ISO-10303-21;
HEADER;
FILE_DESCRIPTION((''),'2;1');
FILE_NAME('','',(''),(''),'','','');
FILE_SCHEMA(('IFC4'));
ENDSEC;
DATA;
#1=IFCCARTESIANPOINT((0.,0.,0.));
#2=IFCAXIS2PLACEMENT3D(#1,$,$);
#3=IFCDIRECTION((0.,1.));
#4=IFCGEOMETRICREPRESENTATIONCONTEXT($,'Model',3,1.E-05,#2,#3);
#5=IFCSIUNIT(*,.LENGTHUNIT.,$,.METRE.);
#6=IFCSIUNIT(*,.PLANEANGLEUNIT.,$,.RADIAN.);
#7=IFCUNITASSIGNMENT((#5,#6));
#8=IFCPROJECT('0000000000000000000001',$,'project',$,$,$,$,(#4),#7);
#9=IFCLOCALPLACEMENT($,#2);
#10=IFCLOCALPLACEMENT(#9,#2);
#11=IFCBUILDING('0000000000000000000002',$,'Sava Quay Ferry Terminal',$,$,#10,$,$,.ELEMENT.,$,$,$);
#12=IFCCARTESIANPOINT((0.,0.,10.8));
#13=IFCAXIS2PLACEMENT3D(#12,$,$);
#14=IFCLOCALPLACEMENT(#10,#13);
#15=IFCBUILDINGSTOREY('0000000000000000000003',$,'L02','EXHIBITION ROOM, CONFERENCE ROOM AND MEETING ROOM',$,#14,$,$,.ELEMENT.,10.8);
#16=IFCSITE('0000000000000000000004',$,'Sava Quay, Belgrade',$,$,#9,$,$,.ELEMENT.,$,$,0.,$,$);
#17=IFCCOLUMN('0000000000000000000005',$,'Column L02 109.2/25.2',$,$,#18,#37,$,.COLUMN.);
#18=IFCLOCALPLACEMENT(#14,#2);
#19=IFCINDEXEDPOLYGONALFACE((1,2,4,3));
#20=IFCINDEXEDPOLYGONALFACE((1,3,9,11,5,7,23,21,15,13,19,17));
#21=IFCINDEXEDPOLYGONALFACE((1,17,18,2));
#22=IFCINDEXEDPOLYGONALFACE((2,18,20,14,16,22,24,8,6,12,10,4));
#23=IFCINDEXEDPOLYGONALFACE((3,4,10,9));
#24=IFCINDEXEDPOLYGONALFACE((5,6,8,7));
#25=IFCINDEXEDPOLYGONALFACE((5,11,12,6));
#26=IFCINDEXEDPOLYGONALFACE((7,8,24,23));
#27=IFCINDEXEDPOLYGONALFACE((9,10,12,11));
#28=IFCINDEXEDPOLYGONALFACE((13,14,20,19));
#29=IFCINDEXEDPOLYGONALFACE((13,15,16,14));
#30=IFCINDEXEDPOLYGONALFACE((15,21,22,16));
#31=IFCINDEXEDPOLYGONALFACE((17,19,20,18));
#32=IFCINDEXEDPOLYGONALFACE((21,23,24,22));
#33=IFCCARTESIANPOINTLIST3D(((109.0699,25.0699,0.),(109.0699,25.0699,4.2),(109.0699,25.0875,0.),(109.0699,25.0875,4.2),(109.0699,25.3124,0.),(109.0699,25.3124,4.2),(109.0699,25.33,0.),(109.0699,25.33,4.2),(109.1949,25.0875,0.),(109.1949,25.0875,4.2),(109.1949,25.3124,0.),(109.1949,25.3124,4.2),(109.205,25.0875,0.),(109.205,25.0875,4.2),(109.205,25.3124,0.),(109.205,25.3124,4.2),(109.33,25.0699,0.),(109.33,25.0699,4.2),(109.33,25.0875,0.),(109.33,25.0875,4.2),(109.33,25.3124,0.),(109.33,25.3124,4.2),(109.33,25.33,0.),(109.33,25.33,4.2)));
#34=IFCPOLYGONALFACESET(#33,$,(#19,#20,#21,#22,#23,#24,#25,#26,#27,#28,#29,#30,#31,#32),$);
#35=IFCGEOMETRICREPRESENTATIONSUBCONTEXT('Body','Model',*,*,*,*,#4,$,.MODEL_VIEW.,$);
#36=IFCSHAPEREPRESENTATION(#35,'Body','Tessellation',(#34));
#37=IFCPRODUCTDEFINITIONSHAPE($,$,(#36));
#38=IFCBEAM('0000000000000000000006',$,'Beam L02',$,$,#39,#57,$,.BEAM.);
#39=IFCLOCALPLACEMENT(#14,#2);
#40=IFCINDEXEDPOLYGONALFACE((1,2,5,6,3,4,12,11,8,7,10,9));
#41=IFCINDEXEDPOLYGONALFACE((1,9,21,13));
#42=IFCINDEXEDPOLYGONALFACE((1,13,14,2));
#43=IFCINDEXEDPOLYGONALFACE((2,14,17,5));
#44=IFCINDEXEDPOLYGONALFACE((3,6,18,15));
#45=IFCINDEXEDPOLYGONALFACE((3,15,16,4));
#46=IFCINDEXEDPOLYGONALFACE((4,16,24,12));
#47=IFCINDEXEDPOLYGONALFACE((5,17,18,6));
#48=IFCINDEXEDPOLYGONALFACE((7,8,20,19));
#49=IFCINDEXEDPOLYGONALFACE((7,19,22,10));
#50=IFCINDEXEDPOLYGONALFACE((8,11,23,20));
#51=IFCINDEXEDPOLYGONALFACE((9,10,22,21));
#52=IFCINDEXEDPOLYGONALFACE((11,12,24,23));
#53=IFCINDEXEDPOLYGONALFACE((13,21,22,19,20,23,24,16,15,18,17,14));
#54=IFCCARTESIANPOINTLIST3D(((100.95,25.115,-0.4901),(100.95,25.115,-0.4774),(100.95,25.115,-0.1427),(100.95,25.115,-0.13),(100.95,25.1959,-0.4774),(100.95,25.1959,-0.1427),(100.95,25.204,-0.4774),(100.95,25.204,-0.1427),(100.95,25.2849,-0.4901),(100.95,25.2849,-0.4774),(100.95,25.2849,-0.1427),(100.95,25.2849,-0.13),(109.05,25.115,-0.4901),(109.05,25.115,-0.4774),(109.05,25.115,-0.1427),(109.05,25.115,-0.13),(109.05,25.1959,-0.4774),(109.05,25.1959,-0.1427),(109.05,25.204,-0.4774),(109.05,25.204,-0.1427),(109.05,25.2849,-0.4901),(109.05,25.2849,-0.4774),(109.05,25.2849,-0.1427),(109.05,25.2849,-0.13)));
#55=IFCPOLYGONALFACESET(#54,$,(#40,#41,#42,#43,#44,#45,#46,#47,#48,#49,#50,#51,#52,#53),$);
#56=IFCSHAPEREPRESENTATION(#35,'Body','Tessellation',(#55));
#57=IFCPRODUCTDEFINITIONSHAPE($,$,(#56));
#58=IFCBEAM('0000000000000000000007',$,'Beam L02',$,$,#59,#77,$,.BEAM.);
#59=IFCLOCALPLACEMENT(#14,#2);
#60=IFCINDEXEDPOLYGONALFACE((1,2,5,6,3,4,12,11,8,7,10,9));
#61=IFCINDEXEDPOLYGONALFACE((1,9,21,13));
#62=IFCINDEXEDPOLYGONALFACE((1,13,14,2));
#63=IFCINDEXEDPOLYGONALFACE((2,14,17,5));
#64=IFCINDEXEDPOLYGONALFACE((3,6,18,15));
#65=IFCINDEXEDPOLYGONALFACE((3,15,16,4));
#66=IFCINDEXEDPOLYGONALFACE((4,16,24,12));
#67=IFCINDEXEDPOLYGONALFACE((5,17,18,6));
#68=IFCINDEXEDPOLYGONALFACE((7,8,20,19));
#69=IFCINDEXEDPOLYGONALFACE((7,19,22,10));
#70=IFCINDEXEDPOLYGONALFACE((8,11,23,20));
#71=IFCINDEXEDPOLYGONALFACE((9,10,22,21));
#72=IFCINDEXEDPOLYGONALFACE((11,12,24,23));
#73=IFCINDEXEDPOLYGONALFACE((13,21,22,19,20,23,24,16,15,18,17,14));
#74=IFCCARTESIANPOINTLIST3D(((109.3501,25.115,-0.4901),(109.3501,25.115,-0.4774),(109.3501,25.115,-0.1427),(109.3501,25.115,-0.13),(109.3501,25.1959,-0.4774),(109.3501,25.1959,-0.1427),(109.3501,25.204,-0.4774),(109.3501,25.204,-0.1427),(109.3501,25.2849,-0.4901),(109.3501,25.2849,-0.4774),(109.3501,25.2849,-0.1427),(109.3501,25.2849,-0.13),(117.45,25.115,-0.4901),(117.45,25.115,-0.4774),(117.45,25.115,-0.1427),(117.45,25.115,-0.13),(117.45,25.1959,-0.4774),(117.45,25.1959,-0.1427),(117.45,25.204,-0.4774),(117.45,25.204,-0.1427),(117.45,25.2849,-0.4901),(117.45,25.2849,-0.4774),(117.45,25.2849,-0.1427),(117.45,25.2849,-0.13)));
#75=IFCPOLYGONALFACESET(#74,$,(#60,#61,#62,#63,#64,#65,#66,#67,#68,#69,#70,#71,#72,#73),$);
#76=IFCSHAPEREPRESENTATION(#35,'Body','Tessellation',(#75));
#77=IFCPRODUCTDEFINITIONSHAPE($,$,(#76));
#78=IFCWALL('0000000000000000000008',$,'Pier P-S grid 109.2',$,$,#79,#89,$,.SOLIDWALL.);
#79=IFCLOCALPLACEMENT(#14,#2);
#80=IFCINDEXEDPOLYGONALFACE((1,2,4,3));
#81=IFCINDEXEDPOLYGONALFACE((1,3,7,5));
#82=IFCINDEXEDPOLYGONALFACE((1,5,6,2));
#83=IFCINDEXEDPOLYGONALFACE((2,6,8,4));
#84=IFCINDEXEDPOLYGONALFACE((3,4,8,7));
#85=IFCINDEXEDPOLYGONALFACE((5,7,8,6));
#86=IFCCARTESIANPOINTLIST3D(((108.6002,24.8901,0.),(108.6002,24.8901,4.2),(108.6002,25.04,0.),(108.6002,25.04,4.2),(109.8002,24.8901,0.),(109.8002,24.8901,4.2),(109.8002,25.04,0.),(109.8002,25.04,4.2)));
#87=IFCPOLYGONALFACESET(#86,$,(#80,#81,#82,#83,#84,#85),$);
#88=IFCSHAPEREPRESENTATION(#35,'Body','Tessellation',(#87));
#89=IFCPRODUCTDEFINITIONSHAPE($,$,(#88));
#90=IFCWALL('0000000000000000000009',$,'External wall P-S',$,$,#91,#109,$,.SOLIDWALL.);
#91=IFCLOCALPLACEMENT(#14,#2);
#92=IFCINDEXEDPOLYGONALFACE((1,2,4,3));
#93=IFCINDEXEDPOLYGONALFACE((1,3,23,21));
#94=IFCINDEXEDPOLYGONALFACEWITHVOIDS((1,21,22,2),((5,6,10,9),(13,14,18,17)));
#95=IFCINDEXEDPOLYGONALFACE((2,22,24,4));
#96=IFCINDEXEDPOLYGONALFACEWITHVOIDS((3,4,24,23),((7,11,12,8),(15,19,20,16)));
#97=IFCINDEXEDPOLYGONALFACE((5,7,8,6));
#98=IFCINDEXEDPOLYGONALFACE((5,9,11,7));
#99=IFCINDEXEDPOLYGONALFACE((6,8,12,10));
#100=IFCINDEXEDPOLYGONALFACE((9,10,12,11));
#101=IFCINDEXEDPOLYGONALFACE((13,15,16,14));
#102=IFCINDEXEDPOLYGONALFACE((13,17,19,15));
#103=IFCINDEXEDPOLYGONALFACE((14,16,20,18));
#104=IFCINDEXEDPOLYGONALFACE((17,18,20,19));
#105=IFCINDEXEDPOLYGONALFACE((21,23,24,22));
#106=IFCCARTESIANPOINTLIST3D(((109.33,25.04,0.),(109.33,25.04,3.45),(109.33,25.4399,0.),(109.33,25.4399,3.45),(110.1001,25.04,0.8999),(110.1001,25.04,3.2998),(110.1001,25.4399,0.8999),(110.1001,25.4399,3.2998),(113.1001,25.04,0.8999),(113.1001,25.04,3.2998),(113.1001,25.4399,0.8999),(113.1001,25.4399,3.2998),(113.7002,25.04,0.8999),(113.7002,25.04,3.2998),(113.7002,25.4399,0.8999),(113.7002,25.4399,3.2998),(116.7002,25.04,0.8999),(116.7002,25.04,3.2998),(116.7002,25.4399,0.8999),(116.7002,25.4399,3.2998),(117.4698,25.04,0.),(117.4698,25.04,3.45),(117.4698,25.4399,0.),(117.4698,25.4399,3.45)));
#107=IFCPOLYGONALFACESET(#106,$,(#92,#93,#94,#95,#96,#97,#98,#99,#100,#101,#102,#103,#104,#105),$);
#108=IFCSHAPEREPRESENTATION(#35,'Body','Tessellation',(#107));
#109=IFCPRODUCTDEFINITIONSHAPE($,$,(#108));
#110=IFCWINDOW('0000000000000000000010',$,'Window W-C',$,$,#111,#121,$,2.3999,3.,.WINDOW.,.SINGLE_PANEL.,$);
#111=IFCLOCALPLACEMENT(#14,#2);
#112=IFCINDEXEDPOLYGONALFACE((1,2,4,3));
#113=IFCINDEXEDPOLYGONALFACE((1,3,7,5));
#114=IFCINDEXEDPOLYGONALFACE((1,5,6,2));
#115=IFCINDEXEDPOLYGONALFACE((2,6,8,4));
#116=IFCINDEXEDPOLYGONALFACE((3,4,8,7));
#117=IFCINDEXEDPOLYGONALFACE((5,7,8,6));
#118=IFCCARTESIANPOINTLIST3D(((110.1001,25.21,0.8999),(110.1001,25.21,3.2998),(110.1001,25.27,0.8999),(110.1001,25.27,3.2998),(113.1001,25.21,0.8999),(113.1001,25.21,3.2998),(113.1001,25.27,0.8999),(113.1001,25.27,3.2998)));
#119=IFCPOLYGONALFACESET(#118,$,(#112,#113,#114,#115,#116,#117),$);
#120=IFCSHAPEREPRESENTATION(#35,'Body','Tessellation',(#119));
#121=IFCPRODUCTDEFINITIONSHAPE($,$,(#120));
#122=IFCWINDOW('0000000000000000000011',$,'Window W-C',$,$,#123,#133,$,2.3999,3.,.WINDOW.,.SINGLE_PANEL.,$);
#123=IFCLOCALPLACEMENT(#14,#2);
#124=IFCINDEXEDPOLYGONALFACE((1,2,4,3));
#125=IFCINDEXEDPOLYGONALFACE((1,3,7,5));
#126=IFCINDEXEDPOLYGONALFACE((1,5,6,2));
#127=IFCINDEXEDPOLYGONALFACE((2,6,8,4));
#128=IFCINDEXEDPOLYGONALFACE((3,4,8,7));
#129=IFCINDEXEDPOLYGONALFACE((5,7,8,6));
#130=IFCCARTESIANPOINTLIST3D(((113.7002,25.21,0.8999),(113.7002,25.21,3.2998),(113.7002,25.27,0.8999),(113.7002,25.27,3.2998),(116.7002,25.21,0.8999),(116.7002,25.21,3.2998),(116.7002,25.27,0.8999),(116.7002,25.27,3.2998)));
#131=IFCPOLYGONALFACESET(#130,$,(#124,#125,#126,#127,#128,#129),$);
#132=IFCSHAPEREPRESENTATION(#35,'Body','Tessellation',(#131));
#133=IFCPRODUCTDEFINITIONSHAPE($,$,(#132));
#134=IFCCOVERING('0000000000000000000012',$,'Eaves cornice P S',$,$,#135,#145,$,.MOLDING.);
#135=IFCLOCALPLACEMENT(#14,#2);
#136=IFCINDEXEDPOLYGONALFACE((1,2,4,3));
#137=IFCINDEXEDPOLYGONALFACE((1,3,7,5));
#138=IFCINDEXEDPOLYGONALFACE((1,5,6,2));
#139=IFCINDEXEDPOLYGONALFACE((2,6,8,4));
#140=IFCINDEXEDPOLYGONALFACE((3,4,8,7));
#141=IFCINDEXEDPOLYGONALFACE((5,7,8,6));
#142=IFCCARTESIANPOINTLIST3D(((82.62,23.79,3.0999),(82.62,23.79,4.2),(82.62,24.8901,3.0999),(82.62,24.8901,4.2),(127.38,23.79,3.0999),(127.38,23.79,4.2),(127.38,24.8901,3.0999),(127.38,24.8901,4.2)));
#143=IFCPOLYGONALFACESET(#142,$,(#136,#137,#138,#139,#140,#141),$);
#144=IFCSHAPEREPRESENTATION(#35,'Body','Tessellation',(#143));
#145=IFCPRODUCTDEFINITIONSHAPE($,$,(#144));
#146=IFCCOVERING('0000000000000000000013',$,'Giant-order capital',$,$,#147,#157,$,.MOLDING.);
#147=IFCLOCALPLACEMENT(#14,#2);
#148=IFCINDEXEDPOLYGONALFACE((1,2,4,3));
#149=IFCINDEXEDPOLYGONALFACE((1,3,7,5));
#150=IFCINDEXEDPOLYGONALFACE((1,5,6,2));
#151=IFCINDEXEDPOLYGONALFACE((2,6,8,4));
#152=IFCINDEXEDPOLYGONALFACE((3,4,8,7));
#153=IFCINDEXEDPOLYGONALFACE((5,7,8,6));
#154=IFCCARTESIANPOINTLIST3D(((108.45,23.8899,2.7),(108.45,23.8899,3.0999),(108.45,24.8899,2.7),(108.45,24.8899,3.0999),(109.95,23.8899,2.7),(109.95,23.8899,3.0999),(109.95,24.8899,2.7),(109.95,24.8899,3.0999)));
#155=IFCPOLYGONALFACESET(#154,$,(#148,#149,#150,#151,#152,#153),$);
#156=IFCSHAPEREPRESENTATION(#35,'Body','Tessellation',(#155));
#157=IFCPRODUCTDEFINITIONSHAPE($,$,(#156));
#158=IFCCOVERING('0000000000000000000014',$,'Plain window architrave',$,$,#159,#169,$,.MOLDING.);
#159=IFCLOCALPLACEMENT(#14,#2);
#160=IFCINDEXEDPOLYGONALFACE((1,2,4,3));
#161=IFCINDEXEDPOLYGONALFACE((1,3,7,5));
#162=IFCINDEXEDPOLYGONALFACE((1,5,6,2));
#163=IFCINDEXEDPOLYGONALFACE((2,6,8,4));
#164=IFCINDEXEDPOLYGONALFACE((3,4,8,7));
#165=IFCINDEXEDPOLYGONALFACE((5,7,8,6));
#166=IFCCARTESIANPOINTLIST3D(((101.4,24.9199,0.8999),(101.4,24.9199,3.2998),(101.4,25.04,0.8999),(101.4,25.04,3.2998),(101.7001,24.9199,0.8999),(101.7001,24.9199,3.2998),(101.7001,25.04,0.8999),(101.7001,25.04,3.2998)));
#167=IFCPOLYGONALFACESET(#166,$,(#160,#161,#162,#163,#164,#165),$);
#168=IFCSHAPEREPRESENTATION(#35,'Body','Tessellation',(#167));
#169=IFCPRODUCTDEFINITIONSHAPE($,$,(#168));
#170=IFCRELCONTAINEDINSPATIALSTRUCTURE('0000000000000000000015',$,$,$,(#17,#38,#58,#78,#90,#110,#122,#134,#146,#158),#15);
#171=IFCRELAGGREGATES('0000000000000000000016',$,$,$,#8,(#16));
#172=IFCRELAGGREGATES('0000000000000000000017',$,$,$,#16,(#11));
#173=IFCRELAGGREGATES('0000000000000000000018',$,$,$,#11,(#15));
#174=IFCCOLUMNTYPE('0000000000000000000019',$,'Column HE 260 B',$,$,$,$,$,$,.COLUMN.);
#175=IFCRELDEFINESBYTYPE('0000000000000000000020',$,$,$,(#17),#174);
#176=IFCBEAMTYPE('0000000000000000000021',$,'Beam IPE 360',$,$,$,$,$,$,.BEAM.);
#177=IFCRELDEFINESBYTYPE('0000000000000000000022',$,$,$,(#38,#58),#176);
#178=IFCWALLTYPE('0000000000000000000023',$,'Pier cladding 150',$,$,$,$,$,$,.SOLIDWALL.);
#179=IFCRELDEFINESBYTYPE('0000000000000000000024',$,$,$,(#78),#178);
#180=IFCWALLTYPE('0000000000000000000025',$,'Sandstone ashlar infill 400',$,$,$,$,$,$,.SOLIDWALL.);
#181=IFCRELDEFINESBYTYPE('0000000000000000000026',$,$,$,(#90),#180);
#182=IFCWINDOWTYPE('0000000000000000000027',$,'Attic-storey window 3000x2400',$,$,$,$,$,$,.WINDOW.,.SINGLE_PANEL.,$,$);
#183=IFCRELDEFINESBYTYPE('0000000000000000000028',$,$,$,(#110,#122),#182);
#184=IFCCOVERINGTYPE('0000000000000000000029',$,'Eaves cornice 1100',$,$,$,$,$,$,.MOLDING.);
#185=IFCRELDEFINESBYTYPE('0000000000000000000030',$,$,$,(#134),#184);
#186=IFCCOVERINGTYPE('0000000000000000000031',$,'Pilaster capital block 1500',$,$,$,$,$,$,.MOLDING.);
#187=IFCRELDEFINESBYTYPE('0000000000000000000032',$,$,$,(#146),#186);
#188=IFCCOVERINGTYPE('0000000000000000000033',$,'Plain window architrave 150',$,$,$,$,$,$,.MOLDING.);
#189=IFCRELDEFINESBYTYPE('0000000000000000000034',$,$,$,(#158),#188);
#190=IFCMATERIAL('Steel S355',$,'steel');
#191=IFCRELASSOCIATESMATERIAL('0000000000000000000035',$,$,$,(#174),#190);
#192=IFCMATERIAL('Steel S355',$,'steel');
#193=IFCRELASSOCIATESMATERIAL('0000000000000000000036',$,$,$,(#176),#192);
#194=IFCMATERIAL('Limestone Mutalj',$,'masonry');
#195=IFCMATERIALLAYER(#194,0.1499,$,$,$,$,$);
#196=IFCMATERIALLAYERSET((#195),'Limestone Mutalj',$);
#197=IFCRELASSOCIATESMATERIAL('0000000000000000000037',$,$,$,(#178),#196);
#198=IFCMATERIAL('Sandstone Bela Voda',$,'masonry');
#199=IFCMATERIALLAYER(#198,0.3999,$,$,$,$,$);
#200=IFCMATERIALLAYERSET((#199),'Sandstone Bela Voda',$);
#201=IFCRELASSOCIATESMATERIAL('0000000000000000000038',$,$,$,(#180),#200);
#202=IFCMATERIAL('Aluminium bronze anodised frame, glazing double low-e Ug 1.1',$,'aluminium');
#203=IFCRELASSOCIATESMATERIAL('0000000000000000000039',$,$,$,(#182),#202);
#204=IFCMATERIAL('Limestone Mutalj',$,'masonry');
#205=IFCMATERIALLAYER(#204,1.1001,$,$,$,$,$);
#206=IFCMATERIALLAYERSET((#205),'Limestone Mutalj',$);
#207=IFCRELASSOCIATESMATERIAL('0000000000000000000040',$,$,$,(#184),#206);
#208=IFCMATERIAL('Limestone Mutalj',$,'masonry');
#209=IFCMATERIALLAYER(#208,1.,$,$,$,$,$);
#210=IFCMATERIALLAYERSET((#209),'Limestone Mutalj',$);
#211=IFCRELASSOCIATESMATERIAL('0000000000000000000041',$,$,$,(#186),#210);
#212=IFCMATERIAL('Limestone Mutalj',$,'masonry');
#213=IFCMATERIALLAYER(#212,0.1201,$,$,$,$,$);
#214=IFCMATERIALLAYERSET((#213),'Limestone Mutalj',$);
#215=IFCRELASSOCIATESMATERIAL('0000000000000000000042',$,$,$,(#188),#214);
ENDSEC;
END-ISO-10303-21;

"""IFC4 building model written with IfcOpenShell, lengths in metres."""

from ifc_helpers import new_model, si_unit, direction, frame, frame_2d, origin, origin_2d, place, context, subcontext, project, spatial, rectangle, i_section, extrude, material, layer, layer_set, material_profile, profile_set, type_object, element, fill, save


model = new_model("IFC4")

# Units and contexts
model_context = context("Model", 3, precision=1e-05, world=origin(), true_north=direction((0.0, 1.0)))
body_context = subcontext(model_context, "Body", "Model", "MODEL_VIEW")
ifc_project = project(units=[si_unit("LENGTHUNIT", "METRE"), si_unit("PLANEANGLEUNIT", "RADIAN")], contexts=[model_context])

# Site, building, storey
site_placement = place(None, origin())
site = spatial("IfcSite", under=ifc_project, at=site_placement, Name="Sava Quay, Belgrade", CompositionType="ELEMENT", RefElevation=0.0)
building_placement = place(site_placement, origin())
building = spatial("IfcBuilding", under=site, at=building_placement, Name="Sava Quay Ferry Terminal", CompositionType="ELEMENT")
storey_placement = place(building_placement, frame((0.0, 0.0, 10.8)))
storey = spatial("IfcBuildingStorey", under=building, at=storey_placement, Name="L02", Description="EXHIBITION ROOM, CONFERENCE ROOM AND MEETING ROOM", CompositionType="ELEMENT", Elevation=10.8)

# Column
ifc_material_1 = material(Name="Steel S355", Category="steel")
ifc_material_profile_1 = material_profile(ifc_material_1, i_section(OverallWidth=0.26, OverallDepth=0.26, WebThickness=0.01, FlangeThickness=0.0176, at=origin_2d()), Name="HE 260 B")
ifc_profile_set_1 = profile_set([ifc_material_profile_1], Name="Steel S355")
column_type = type_object("IfcColumnType", Name="Column HE 260 B", PredefinedType="COLUMN", material=ifc_profile_set_1)
column_placement = place(storey_placement, frame((109.2, 25.2, 0.0), z_axis=(0.0, 0.0, 1.0), x_axis=(1.0, 0.0, 0.0)))
element("IfcColumn", 1, at=column_placement, inside=storey, type_object=column_type, Name="Column L02 109.2/25.2", PredefinedType="COLUMN", context=body_context, shape_type="SweptSolid", body=[
    extrude(i_section(OverallWidth=0.26, OverallDepth=0.26, WebThickness=0.01, FlangeThickness=0.0176, at=origin_2d()), origin(), (0.0, 0.0, 1.0), 4.2),
])

# Beams
ifc_material_2 = material(Name="Steel S355", Category="steel")
ifc_material_profile_2 = material_profile(ifc_material_2, i_section(OverallWidth=0.1699, OverallDepth=0.3601, WebThickness=0.0081, FlangeThickness=0.0127, at=origin_2d()), Name="IPE 360")
ifc_profile_set_2 = profile_set([ifc_material_profile_2], Name="Steel S355")
beam_type = type_object("IfcBeamType", Name="Beam IPE 360", PredefinedType="BEAM", material=ifc_profile_set_2)
beam_1_placement = place(storey_placement, frame((100.95, 25.2, -0.3101), z_axis=(1.0, 0.0, 0.0), x_axis=(0.0, 1.0, 0.0)))
element("IfcBeam", 2, at=beam_1_placement, inside=storey, type_object=beam_type, Name="Beam L02", PredefinedType="BEAM", context=body_context, shape_type="SweptSolid", body=[
    extrude(i_section(OverallWidth=0.1699, OverallDepth=0.3601, WebThickness=0.0081, FlangeThickness=0.0127, at=origin_2d()), origin(), (0.0, 0.0, 1.0), 8.1001),
])
beam_2_placement = place(storey_placement, frame((109.3501, 25.2, -0.3101), z_axis=(1.0, 0.0, 0.0), x_axis=(0.0, 1.0, 0.0)))
element("IfcBeam", 3, at=beam_2_placement, inside=storey, type_object=beam_type, Name="Beam L02", PredefinedType="BEAM", context=body_context, shape_type="SweptSolid", body=[
    extrude(i_section(OverallWidth=0.1699, OverallDepth=0.3601, WebThickness=0.0081, FlangeThickness=0.0127, at=origin_2d()), origin(), (0.0, 0.0, 1.0), 8.0999),
])

# Wall
ifc_material_3 = material(Name="Limestone Mutalj", Category="masonry")
ifc_layer_1 = layer(ifc_material_3, 0.1499)
ifc_layer_set_1 = layer_set([ifc_layer_1], Name="Limestone Mutalj")
wall_type_1 = type_object("IfcWallType", Name="Pier cladding 150", PredefinedType="SOLIDWALL", material=ifc_layer_set_1)
wall_1_placement = place(storey_placement, frame((108.6001, 24.9651, 0.0), z_axis=(0.0, 0.0, 1.0), x_axis=(1.0, 0.0, 0.0)))
element("IfcWall", 4, at=wall_1_placement, inside=storey, type_object=wall_type_1, Name="Pier P-S grid 109.2", PredefinedType="SOLIDWALL", context=body_context, shape_type="SweptSolid", body=[
    extrude(rectangle(XDim=1.2, YDim=0.1499, at=frame_2d((0.6001, 0.0))), origin(), (0.0, 0.0, 1.0), 4.2),
])

# Wall, openings, windows
ifc_material_4 = material(Name="Sandstone Bela Voda", Category="masonry")
ifc_layer_2 = layer(ifc_material_4, 0.3999)
ifc_layer_set_2 = layer_set([ifc_layer_2], Name="Sandstone Bela Voda")
wall_type_2 = type_object("IfcWallType", Name="Sandstone ashlar infill 400", PredefinedType="SOLIDWALL", material=ifc_layer_set_2)
wall_2_placement = place(storey_placement, frame((109.3301, 25.24, 0.0), z_axis=(0.0, 0.0, 1.0), x_axis=(1.0, 0.0, 0.0)))
wall_2 = element("IfcWall", 5, at=wall_2_placement, inside=storey, type_object=wall_type_2, Name="External wall P-S", PredefinedType="SOLIDWALL", context=body_context, shape_type="SweptSolid", body=[
    extrude(rectangle(XDim=8.1399, YDim=0.3999, at=frame_2d((4.0698, 0.0))), origin(), (0.0, 0.0, 1.0), 3.45),
])
opening_1_placement = place(wall_2_placement, frame((0.77, 0.0, 0.8999)))
opening_1 = element("IfcOpeningElement", 6, at=opening_1_placement, cuts=wall_2, PredefinedType="OPENING", context=body_context, shape_type="SweptSolid", body=[
    extrude(rectangle(XDim=3.0, YDim=2.3999, at=frame_2d((1.5, 1.2))), frame((0.0, 0.2, 0.0), z_axis=(0.0, -1.0, 0.0), x_axis=(1.0, 0.0, 0.0)), (0.0, 0.0, 1.0), 0.3999),
])
opening_2_placement = place(wall_2_placement, frame((4.3701, 0.0, 0.8999)))
opening_2 = element("IfcOpeningElement", 7, at=opening_2_placement, cuts=wall_2, PredefinedType="OPENING", context=body_context, shape_type="SweptSolid", body=[
    extrude(rectangle(XDim=3.0, YDim=2.3999, at=frame_2d((1.5, 1.2))), frame((0.0, 0.2, 0.0), z_axis=(0.0, -1.0, 0.0), x_axis=(1.0, 0.0, 0.0)), (0.0, 0.0, 1.0), 0.3999),
])
ifc_material_5 = material(Name="Aluminium bronze anodised frame, glazing double low-e Ug 1.1", Category="aluminium")
window_type = type_object("IfcWindowType", Name="Attic-storey window 3000x2400", PartitioningType="SINGLE_PANEL", PredefinedType="WINDOW", material=ifc_material_5)
window_1_placement = place(opening_1_placement, origin())
window_1 = element("IfcWindow", 8, at=window_1_placement, inside=storey, type_object=window_type, Name="Window W-C", OverallHeight=2.3999, OverallWidth=3.0, PartitioningType="SINGLE_PANEL", PredefinedType="WINDOW", context=body_context, shape_type="SweptSolid", body=[
    extrude(rectangle(XDim=3.0, YDim=2.3999, at=frame_2d((1.5, 1.2))), frame((0.0, 0.03, 0.0), z_axis=(0.0, -1.0, 0.0), x_axis=(1.0, 0.0, 0.0)), (0.0, 0.0, 1.0), 0.0601),
])
fill(opening_1, window_1)
window_2_placement = place(opening_2_placement, origin())
window_2 = element("IfcWindow", 9, at=window_2_placement, inside=storey, type_object=window_type, Name="Window W-C", OverallHeight=2.3999, OverallWidth=3.0, PartitioningType="SINGLE_PANEL", PredefinedType="WINDOW", context=body_context, shape_type="SweptSolid", body=[
    extrude(rectangle(XDim=3.0, YDim=2.3999, at=frame_2d((1.5, 1.2))), frame((0.0, 0.03, 0.0), z_axis=(0.0, -1.0, 0.0), x_axis=(1.0, 0.0, 0.0)), (0.0, 0.0, 1.0), 0.0601),
])
fill(opening_2, window_2)

# Coverings
ifc_material_6 = material(Name="Limestone Mutalj", Category="masonry")
ifc_layer_3 = layer(ifc_material_6, 1.1001)
ifc_layer_set_3 = layer_set([ifc_layer_3], Name="Limestone Mutalj")
covering_type_1 = type_object("IfcCoveringType", Name="Eaves cornice 1100", PredefinedType="MOLDING", material=ifc_layer_set_3)
covering_1_placement = place(storey_placement, frame((105.0, 24.3401, 3.0999), z_axis=(0.0, 0.0, 1.0), x_axis=(1.0, 0.0, 0.0)))
element("IfcCovering", 10, at=covering_1_placement, inside=storey, type_object=covering_type_1, Name="Eaves cornice P S", PredefinedType="MOLDING", context=body_context, shape_type="SweptSolid", body=[
    extrude(rectangle(XDim=44.76, YDim=1.1001, at=origin_2d()), origin(), (0.0, 0.0, 1.0), 1.1001),
])
ifc_material_7 = material(Name="Limestone Mutalj", Category="masonry")
ifc_layer_4 = layer(ifc_material_7, 1.0)
ifc_layer_set_4 = layer_set([ifc_layer_4], Name="Limestone Mutalj")
covering_type_2 = type_object("IfcCoveringType", Name="Pilaster capital block 1500", PredefinedType="MOLDING", material=ifc_layer_set_4)
covering_2_placement = place(storey_placement, frame((109.2, 24.3899, 2.7), z_axis=(0.0, 0.0, 1.0), x_axis=(1.0, 0.0, 0.0)))
element("IfcCovering", 11, at=covering_2_placement, inside=storey, type_object=covering_type_2, Name="Giant-order capital", PredefinedType="MOLDING", context=body_context, shape_type="SweptSolid", body=[
    extrude(rectangle(XDim=1.5, YDim=1.0, at=origin_2d()), origin(), (0.0, 0.0, 1.0), 0.3999),
])
ifc_material_8 = material(Name="Limestone Mutalj", Category="masonry")
ifc_layer_5 = layer(ifc_material_8, 0.1201)
ifc_layer_set_5 = layer_set([ifc_layer_5], Name="Limestone Mutalj")
covering_type_3 = type_object("IfcCoveringType", Name="Plain window architrave 150", PredefinedType="MOLDING", material=ifc_layer_set_5)
covering_3_placement = place(storey_placement, frame((101.55, 24.98, 0.8999), z_axis=(0.0, 0.0, 1.0), x_axis=(1.0, 0.0, 0.0)))
element("IfcCovering", 12, at=covering_3_placement, inside=storey, type_object=covering_type_3, Name="Plain window architrave", PredefinedType="MOLDING", context=body_context, shape_type="SweptSolid", body=[
    extrude(rectangle(XDim=0.3, YDim=0.1201, at=origin_2d()), origin(), (0.0, 0.0, 1.0), 2.3999),
])

save(model, "model.ifc")
